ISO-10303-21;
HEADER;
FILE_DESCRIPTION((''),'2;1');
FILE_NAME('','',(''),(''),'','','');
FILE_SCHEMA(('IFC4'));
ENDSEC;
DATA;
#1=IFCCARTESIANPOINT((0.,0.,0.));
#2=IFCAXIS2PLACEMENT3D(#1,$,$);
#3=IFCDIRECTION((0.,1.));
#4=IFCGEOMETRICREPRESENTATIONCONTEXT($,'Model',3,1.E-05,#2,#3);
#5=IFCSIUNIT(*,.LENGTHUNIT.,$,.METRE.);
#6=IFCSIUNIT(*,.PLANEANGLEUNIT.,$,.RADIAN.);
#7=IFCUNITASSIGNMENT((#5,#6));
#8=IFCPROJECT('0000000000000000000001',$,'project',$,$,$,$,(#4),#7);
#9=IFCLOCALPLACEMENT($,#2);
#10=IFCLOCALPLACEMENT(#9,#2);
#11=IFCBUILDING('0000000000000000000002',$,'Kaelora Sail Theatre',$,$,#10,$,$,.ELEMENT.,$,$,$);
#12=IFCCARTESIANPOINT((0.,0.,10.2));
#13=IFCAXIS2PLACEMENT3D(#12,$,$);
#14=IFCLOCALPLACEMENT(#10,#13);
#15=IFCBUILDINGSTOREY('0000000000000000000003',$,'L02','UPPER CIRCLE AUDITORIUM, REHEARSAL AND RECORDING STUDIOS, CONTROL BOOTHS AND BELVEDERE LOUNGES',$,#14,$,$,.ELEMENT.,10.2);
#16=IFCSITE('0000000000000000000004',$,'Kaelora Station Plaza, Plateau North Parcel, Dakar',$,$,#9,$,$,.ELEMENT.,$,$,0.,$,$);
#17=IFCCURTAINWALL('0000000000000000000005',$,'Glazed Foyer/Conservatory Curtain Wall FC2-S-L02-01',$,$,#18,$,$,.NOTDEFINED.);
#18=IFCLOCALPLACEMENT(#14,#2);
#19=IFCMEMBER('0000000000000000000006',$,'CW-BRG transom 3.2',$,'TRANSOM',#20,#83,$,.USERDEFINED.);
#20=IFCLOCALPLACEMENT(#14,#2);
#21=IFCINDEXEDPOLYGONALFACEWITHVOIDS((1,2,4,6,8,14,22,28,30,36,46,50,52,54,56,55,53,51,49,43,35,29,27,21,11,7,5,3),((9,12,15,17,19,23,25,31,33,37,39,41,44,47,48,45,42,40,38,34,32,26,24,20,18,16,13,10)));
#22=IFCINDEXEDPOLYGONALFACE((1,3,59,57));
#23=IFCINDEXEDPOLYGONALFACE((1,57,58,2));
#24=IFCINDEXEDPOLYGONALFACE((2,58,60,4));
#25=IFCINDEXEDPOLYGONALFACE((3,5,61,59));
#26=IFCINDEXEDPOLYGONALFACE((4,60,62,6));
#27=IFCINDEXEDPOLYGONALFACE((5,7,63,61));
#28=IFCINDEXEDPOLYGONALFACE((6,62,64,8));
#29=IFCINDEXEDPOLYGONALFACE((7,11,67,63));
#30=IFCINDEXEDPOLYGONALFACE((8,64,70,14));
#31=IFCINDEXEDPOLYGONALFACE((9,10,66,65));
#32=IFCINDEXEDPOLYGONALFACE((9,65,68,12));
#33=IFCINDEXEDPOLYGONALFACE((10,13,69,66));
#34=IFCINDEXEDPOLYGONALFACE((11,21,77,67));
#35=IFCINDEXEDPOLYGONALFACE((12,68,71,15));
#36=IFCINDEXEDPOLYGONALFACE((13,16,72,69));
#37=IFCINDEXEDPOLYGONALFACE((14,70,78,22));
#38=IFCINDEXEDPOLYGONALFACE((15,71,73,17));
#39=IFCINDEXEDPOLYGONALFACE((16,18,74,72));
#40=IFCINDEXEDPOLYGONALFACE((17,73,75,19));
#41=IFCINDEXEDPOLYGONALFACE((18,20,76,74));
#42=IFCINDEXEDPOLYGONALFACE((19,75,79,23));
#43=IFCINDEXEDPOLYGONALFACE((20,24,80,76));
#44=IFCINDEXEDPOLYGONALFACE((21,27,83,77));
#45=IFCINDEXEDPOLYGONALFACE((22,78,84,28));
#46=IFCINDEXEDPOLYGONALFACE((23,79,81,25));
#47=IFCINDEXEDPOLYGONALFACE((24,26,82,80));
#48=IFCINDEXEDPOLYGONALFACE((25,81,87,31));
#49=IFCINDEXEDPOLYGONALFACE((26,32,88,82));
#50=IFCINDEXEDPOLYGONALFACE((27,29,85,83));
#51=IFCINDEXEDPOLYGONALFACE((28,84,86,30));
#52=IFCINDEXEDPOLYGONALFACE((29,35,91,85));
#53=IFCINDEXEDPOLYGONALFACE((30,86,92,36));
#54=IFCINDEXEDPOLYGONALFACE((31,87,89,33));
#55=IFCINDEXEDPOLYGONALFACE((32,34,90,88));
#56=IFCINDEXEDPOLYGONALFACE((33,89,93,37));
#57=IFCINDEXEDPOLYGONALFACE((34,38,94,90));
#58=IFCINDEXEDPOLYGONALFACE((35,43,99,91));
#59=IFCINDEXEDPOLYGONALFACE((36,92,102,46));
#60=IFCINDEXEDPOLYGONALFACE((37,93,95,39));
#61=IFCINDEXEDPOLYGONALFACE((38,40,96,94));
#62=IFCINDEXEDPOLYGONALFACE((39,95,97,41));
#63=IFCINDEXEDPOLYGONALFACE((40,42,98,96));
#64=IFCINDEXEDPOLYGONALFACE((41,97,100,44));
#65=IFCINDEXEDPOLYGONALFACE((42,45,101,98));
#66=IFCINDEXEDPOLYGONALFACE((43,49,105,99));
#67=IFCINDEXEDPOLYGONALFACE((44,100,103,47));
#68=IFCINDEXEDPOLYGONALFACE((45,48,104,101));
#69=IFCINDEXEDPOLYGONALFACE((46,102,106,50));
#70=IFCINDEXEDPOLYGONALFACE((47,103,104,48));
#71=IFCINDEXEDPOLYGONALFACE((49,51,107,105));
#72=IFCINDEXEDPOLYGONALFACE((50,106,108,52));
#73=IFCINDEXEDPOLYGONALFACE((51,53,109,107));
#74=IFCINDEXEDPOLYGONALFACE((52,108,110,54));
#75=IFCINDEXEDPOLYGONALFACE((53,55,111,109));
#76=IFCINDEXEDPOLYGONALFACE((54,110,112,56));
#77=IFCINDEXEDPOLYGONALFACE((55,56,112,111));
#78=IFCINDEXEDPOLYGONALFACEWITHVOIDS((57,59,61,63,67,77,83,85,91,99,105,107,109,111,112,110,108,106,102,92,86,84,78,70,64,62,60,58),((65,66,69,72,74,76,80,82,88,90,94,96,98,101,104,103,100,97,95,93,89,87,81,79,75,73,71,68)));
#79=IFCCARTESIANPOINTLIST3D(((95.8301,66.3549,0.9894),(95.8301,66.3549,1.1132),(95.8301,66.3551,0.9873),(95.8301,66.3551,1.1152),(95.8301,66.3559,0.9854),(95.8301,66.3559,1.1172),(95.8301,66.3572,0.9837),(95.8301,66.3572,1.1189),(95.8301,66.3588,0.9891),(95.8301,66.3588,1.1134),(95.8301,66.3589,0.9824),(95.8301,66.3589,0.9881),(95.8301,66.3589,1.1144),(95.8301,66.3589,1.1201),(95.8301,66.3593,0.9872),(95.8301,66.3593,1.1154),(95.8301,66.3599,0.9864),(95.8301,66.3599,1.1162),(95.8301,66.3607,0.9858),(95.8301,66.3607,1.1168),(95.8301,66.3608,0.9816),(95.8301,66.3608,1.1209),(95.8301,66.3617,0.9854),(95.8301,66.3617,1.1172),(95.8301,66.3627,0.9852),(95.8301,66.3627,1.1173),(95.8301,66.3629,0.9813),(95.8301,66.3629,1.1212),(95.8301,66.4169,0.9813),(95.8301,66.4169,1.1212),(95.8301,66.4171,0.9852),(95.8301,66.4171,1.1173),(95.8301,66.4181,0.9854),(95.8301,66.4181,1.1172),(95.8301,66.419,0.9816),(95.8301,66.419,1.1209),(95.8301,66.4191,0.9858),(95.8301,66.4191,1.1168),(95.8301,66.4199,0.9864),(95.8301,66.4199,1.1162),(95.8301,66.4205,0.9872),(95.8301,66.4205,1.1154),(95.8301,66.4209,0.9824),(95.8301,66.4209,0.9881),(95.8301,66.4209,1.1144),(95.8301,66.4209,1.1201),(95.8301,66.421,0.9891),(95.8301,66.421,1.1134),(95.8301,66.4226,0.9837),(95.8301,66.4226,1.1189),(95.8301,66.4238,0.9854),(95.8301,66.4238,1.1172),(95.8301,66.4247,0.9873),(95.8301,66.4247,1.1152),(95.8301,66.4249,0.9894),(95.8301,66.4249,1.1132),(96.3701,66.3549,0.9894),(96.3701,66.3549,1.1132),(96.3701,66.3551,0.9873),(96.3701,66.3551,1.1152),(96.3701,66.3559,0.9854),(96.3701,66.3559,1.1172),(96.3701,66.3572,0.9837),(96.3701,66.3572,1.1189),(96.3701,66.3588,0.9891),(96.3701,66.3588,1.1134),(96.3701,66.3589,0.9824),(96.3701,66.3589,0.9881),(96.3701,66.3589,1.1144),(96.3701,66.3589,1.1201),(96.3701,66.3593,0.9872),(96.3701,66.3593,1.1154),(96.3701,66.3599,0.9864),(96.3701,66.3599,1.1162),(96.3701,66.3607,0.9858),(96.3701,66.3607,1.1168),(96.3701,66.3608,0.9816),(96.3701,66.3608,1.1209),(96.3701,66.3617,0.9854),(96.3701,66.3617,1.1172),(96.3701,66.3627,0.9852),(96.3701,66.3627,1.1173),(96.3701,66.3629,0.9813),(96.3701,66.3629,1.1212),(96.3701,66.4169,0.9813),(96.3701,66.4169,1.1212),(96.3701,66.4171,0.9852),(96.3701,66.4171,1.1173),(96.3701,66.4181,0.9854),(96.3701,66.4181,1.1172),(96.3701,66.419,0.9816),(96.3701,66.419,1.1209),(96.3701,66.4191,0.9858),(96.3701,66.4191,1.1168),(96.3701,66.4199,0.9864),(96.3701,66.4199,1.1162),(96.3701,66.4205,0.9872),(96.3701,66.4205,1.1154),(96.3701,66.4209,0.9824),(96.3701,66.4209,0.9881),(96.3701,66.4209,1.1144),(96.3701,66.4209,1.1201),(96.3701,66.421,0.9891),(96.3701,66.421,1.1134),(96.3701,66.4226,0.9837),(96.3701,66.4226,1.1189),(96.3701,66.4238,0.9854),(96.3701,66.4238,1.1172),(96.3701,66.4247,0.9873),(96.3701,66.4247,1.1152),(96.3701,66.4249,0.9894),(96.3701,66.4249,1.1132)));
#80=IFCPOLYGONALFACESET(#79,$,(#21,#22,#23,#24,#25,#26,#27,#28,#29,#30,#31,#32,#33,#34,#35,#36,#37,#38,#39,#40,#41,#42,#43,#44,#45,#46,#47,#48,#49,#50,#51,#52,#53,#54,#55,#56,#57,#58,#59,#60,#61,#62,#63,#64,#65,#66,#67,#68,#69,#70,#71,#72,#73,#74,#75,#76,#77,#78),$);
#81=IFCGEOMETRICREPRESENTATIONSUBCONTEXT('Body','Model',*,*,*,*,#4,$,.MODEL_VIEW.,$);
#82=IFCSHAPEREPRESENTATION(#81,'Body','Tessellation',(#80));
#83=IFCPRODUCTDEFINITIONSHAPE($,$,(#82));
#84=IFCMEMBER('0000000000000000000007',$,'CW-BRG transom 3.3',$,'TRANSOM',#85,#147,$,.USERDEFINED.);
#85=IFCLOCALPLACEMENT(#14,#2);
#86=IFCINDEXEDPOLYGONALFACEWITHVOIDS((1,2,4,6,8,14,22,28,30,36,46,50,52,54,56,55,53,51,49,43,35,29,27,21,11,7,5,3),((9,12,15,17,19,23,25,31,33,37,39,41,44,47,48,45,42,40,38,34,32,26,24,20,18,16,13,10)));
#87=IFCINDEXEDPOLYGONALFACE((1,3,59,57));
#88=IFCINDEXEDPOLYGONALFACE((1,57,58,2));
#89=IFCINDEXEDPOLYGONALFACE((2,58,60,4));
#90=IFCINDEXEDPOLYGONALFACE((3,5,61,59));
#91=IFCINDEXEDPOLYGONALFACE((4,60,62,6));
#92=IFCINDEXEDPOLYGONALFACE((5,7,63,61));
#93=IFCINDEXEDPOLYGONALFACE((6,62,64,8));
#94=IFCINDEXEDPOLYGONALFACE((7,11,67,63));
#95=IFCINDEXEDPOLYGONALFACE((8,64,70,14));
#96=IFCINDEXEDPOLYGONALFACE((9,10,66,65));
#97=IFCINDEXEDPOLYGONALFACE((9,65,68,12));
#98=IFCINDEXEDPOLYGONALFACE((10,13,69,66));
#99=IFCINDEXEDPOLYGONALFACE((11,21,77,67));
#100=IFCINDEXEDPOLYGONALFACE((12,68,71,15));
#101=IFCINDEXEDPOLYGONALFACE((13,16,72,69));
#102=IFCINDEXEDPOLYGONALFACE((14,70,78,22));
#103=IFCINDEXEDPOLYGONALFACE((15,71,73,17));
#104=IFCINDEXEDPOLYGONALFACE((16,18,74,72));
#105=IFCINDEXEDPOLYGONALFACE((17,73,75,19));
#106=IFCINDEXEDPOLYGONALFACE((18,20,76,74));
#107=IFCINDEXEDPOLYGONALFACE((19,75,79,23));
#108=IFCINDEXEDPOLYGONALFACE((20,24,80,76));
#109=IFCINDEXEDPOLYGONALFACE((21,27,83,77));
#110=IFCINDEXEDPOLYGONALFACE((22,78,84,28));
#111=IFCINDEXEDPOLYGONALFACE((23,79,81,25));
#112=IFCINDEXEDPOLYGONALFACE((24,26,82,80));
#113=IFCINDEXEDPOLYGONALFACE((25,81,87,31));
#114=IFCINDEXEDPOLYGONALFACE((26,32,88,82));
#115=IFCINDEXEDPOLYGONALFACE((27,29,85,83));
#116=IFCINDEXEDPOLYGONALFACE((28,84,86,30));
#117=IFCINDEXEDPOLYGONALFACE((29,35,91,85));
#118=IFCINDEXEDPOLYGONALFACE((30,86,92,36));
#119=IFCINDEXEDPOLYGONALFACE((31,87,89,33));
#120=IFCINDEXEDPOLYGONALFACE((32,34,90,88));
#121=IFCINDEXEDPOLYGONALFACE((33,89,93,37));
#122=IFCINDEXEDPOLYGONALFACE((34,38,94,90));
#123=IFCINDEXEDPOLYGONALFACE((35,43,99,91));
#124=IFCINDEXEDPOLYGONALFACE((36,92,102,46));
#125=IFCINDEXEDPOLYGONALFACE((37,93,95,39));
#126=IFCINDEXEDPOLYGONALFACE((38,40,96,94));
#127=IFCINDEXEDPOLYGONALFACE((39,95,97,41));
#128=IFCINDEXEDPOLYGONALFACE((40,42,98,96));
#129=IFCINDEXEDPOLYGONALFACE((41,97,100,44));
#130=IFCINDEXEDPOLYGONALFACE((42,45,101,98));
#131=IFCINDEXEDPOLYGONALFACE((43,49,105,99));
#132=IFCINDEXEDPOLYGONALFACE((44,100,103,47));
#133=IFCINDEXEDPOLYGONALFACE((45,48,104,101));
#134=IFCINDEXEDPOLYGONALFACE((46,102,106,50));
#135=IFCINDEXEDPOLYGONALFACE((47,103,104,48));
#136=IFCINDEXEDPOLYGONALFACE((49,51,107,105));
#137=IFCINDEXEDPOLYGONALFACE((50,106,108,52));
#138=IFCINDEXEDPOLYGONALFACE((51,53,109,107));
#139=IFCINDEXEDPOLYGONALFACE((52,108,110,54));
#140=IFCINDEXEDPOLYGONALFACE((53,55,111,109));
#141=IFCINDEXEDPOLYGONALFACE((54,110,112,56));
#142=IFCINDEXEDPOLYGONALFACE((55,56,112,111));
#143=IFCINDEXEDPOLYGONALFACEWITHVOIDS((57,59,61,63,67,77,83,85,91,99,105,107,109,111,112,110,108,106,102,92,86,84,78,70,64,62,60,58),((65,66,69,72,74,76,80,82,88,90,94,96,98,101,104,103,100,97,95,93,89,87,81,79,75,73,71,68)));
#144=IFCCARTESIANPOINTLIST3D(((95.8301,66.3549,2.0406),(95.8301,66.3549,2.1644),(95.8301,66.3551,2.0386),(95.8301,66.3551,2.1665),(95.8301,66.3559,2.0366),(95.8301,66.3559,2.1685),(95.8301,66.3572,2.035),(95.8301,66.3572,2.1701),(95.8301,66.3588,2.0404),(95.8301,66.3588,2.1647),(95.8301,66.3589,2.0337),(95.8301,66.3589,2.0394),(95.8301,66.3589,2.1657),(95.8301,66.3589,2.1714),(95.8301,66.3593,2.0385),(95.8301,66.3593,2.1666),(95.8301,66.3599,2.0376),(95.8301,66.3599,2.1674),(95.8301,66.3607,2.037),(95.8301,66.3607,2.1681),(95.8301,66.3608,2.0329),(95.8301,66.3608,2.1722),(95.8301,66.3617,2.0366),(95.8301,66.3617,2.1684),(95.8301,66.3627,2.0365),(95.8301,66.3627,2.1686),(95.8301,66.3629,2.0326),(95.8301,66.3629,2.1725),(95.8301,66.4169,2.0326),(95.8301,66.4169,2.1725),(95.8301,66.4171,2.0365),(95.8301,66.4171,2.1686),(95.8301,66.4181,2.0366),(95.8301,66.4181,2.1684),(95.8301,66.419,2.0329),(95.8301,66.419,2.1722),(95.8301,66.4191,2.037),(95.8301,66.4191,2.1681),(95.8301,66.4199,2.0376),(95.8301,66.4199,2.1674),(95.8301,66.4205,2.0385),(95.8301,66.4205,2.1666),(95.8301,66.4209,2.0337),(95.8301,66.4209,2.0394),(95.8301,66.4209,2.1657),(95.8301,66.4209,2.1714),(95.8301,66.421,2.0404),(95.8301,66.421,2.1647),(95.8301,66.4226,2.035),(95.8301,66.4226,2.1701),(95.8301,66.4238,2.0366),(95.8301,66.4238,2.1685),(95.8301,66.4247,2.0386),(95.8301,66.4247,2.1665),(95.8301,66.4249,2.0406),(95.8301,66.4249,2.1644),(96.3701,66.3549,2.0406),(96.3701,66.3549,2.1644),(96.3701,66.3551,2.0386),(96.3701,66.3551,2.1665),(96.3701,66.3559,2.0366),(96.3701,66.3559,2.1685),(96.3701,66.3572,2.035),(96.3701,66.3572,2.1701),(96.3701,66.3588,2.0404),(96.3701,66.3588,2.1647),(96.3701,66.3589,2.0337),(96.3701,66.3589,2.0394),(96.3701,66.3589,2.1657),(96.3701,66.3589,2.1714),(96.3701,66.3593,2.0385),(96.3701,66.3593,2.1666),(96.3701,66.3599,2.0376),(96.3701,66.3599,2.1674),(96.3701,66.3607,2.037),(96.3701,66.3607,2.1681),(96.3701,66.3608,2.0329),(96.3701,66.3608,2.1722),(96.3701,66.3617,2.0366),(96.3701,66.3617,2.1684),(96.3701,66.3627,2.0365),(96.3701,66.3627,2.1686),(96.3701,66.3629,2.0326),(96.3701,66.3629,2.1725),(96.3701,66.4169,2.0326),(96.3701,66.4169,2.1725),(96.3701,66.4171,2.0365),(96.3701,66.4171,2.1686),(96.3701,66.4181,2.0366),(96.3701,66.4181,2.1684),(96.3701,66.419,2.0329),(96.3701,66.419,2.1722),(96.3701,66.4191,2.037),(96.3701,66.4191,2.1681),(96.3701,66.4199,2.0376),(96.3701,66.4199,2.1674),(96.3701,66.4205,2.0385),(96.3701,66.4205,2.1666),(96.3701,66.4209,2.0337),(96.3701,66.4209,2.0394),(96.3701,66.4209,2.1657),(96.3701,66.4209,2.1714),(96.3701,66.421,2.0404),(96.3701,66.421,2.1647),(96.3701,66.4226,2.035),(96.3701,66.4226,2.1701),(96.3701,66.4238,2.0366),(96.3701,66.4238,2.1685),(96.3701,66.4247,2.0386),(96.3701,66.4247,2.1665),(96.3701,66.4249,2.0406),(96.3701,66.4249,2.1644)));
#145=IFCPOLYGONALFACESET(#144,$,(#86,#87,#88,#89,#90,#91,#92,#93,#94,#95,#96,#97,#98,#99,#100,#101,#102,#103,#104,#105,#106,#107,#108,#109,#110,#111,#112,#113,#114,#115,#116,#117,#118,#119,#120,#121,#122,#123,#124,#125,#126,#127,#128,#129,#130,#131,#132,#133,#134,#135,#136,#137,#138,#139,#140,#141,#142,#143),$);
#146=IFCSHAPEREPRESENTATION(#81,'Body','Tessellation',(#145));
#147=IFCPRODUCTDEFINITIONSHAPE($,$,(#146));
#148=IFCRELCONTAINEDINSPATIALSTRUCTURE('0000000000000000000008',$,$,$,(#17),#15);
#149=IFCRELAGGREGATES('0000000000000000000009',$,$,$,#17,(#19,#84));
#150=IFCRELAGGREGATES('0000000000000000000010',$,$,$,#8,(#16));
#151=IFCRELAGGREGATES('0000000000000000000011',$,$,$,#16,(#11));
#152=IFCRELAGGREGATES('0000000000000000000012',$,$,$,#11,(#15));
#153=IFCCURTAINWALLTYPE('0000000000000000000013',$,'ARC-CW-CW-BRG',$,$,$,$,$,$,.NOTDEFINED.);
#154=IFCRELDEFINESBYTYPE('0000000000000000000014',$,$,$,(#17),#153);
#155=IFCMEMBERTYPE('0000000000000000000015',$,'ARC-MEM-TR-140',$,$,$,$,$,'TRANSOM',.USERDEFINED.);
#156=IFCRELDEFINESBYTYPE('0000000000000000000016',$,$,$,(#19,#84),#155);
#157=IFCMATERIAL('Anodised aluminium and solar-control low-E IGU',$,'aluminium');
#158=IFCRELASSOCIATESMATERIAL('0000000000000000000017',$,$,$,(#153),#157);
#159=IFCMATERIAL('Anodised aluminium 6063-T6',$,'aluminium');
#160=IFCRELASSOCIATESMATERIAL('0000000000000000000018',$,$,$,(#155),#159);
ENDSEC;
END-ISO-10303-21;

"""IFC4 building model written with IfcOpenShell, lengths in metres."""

from ifc_helpers import new_model, si_unit, direction, frame, origin, origin_2d, place, context, subcontext, project, spatial, hollow_rectangle, extrude, material, material_profile, profile_set, type_object, element, aggregate, save


model = new_model("IFC4")

# Units and contexts
model_context = context("Model", 3, precision=1e-05, world=origin(), true_north=direction((0.0, 1.0)))
body_context = subcontext(model_context, "Body", "Model", "MODEL_VIEW")
ifc_project = project(units=[si_unit("LENGTHUNIT", "METRE"), si_unit("PLANEANGLEUNIT", "RADIAN")], contexts=[model_context])

# Site, building, storey
site_placement = place(None, origin())
site = spatial("IfcSite", under=ifc_project, at=site_placement, Name="Kaelora Station Plaza, Plateau North Parcel, Dakar", CompositionType="ELEMENT", RefElevation=0.0)
building_placement = place(site_placement, origin())
building = spatial("IfcBuilding", under=site, at=building_placement, Name="Kaelora Sail Theatre", CompositionType="ELEMENT")
storey_placement = place(building_placement, frame((0.0, 0.0, 10.2)))
storey = spatial("IfcBuildingStorey", under=building, at=storey_placement, Name="L02", Description="UPPER CIRCLE AUDITORIUM, REHEARSAL AND RECORDING STUDIOS, CONTROL BOOTHS AND BELVEDERE LOUNGES", CompositionType="ELEMENT", Elevation=10.2)

# Curtain wall, members
ifc_material_1 = material(Name="Anodised aluminium and solar-control low-E IGU", Category="aluminium")
curtain_wall_type = type_object("IfcCurtainWallType", Name="ARC-CW-CW-BRG", PredefinedType="NOTDEFINED", material=ifc_material_1)
curtain_wall_placement = place(storey_placement, origin())
curtain_wall = element("IfcCurtainWall", 1, at=curtain_wall_placement, inside=storey, type_object=curtain_wall_type, Name="Glazed Foyer/Conservatory Curtain Wall FC2-S-L02-01", PredefinedType="NOTDEFINED")
ifc_material_2 = material(Name="Anodised aluminium 6063-T6", Category="aluminium")
ifc_material_profile_1 = material_profile(ifc_material_2, hollow_rectangle(XDim=0.0701, YDim=0.1399, WallThickness=0.0039, InnerFilletRadius=0.0039, OuterFilletRadius=0.0081, at=origin_2d()), Name="ALU-TRAN 70x140x4")
ifc_profile_set_1 = profile_set([ifc_material_profile_1], Name="Anodised aluminium 6063-T6")
member_type_1 = type_object("IfcMemberType", Name="ARC-MEM-TR-140", ElementType="TRANSOM", PredefinedType="USERDEFINED", material=ifc_profile_set_1)
member_1_placement = place(storey_placement, frame((95.8301, 66.3899, 1.0513), z_axis=(1.0, 0.0, 0.0), x_axis=(0.0, 1.0, 0.0)))
member_1 = element("IfcMember", 2, at=member_1_placement, type_object=member_type_1, Name="CW-BRG transom 3.2", ObjectType="TRANSOM", PredefinedType="USERDEFINED", context=body_context, shape_type="SweptSolid", body=[
    extrude(hollow_rectangle(XDim=0.0701, YDim=0.1399, WallThickness=0.0039, InnerFilletRadius=0.0039, OuterFilletRadius=0.0081, at=origin_2d()), origin(), (0.0, 0.0, 1.0), 0.54),
])
member_2_placement = place(storey_placement, frame((95.8301, 66.3899, 2.1025), z_axis=(1.0, 0.0, 0.0), x_axis=(0.0, 1.0, 0.0)))
member_2 = element("IfcMember", 3, at=member_2_placement, type_object=member_type_1, Name="CW-BRG transom 3.3", ObjectType="TRANSOM", PredefinedType="USERDEFINED", context=body_context, shape_type="SweptSolid", body=[
    extrude(hollow_rectangle(XDim=0.0701, YDim=0.1399, WallThickness=0.0039, InnerFilletRadius=0.0039, OuterFilletRadius=0.0081, at=origin_2d()), origin(), (0.0, 0.0, 1.0), 0.54),
])
aggregate(curtain_wall, [member_1, member_2])

save(model, "model.ifc")
